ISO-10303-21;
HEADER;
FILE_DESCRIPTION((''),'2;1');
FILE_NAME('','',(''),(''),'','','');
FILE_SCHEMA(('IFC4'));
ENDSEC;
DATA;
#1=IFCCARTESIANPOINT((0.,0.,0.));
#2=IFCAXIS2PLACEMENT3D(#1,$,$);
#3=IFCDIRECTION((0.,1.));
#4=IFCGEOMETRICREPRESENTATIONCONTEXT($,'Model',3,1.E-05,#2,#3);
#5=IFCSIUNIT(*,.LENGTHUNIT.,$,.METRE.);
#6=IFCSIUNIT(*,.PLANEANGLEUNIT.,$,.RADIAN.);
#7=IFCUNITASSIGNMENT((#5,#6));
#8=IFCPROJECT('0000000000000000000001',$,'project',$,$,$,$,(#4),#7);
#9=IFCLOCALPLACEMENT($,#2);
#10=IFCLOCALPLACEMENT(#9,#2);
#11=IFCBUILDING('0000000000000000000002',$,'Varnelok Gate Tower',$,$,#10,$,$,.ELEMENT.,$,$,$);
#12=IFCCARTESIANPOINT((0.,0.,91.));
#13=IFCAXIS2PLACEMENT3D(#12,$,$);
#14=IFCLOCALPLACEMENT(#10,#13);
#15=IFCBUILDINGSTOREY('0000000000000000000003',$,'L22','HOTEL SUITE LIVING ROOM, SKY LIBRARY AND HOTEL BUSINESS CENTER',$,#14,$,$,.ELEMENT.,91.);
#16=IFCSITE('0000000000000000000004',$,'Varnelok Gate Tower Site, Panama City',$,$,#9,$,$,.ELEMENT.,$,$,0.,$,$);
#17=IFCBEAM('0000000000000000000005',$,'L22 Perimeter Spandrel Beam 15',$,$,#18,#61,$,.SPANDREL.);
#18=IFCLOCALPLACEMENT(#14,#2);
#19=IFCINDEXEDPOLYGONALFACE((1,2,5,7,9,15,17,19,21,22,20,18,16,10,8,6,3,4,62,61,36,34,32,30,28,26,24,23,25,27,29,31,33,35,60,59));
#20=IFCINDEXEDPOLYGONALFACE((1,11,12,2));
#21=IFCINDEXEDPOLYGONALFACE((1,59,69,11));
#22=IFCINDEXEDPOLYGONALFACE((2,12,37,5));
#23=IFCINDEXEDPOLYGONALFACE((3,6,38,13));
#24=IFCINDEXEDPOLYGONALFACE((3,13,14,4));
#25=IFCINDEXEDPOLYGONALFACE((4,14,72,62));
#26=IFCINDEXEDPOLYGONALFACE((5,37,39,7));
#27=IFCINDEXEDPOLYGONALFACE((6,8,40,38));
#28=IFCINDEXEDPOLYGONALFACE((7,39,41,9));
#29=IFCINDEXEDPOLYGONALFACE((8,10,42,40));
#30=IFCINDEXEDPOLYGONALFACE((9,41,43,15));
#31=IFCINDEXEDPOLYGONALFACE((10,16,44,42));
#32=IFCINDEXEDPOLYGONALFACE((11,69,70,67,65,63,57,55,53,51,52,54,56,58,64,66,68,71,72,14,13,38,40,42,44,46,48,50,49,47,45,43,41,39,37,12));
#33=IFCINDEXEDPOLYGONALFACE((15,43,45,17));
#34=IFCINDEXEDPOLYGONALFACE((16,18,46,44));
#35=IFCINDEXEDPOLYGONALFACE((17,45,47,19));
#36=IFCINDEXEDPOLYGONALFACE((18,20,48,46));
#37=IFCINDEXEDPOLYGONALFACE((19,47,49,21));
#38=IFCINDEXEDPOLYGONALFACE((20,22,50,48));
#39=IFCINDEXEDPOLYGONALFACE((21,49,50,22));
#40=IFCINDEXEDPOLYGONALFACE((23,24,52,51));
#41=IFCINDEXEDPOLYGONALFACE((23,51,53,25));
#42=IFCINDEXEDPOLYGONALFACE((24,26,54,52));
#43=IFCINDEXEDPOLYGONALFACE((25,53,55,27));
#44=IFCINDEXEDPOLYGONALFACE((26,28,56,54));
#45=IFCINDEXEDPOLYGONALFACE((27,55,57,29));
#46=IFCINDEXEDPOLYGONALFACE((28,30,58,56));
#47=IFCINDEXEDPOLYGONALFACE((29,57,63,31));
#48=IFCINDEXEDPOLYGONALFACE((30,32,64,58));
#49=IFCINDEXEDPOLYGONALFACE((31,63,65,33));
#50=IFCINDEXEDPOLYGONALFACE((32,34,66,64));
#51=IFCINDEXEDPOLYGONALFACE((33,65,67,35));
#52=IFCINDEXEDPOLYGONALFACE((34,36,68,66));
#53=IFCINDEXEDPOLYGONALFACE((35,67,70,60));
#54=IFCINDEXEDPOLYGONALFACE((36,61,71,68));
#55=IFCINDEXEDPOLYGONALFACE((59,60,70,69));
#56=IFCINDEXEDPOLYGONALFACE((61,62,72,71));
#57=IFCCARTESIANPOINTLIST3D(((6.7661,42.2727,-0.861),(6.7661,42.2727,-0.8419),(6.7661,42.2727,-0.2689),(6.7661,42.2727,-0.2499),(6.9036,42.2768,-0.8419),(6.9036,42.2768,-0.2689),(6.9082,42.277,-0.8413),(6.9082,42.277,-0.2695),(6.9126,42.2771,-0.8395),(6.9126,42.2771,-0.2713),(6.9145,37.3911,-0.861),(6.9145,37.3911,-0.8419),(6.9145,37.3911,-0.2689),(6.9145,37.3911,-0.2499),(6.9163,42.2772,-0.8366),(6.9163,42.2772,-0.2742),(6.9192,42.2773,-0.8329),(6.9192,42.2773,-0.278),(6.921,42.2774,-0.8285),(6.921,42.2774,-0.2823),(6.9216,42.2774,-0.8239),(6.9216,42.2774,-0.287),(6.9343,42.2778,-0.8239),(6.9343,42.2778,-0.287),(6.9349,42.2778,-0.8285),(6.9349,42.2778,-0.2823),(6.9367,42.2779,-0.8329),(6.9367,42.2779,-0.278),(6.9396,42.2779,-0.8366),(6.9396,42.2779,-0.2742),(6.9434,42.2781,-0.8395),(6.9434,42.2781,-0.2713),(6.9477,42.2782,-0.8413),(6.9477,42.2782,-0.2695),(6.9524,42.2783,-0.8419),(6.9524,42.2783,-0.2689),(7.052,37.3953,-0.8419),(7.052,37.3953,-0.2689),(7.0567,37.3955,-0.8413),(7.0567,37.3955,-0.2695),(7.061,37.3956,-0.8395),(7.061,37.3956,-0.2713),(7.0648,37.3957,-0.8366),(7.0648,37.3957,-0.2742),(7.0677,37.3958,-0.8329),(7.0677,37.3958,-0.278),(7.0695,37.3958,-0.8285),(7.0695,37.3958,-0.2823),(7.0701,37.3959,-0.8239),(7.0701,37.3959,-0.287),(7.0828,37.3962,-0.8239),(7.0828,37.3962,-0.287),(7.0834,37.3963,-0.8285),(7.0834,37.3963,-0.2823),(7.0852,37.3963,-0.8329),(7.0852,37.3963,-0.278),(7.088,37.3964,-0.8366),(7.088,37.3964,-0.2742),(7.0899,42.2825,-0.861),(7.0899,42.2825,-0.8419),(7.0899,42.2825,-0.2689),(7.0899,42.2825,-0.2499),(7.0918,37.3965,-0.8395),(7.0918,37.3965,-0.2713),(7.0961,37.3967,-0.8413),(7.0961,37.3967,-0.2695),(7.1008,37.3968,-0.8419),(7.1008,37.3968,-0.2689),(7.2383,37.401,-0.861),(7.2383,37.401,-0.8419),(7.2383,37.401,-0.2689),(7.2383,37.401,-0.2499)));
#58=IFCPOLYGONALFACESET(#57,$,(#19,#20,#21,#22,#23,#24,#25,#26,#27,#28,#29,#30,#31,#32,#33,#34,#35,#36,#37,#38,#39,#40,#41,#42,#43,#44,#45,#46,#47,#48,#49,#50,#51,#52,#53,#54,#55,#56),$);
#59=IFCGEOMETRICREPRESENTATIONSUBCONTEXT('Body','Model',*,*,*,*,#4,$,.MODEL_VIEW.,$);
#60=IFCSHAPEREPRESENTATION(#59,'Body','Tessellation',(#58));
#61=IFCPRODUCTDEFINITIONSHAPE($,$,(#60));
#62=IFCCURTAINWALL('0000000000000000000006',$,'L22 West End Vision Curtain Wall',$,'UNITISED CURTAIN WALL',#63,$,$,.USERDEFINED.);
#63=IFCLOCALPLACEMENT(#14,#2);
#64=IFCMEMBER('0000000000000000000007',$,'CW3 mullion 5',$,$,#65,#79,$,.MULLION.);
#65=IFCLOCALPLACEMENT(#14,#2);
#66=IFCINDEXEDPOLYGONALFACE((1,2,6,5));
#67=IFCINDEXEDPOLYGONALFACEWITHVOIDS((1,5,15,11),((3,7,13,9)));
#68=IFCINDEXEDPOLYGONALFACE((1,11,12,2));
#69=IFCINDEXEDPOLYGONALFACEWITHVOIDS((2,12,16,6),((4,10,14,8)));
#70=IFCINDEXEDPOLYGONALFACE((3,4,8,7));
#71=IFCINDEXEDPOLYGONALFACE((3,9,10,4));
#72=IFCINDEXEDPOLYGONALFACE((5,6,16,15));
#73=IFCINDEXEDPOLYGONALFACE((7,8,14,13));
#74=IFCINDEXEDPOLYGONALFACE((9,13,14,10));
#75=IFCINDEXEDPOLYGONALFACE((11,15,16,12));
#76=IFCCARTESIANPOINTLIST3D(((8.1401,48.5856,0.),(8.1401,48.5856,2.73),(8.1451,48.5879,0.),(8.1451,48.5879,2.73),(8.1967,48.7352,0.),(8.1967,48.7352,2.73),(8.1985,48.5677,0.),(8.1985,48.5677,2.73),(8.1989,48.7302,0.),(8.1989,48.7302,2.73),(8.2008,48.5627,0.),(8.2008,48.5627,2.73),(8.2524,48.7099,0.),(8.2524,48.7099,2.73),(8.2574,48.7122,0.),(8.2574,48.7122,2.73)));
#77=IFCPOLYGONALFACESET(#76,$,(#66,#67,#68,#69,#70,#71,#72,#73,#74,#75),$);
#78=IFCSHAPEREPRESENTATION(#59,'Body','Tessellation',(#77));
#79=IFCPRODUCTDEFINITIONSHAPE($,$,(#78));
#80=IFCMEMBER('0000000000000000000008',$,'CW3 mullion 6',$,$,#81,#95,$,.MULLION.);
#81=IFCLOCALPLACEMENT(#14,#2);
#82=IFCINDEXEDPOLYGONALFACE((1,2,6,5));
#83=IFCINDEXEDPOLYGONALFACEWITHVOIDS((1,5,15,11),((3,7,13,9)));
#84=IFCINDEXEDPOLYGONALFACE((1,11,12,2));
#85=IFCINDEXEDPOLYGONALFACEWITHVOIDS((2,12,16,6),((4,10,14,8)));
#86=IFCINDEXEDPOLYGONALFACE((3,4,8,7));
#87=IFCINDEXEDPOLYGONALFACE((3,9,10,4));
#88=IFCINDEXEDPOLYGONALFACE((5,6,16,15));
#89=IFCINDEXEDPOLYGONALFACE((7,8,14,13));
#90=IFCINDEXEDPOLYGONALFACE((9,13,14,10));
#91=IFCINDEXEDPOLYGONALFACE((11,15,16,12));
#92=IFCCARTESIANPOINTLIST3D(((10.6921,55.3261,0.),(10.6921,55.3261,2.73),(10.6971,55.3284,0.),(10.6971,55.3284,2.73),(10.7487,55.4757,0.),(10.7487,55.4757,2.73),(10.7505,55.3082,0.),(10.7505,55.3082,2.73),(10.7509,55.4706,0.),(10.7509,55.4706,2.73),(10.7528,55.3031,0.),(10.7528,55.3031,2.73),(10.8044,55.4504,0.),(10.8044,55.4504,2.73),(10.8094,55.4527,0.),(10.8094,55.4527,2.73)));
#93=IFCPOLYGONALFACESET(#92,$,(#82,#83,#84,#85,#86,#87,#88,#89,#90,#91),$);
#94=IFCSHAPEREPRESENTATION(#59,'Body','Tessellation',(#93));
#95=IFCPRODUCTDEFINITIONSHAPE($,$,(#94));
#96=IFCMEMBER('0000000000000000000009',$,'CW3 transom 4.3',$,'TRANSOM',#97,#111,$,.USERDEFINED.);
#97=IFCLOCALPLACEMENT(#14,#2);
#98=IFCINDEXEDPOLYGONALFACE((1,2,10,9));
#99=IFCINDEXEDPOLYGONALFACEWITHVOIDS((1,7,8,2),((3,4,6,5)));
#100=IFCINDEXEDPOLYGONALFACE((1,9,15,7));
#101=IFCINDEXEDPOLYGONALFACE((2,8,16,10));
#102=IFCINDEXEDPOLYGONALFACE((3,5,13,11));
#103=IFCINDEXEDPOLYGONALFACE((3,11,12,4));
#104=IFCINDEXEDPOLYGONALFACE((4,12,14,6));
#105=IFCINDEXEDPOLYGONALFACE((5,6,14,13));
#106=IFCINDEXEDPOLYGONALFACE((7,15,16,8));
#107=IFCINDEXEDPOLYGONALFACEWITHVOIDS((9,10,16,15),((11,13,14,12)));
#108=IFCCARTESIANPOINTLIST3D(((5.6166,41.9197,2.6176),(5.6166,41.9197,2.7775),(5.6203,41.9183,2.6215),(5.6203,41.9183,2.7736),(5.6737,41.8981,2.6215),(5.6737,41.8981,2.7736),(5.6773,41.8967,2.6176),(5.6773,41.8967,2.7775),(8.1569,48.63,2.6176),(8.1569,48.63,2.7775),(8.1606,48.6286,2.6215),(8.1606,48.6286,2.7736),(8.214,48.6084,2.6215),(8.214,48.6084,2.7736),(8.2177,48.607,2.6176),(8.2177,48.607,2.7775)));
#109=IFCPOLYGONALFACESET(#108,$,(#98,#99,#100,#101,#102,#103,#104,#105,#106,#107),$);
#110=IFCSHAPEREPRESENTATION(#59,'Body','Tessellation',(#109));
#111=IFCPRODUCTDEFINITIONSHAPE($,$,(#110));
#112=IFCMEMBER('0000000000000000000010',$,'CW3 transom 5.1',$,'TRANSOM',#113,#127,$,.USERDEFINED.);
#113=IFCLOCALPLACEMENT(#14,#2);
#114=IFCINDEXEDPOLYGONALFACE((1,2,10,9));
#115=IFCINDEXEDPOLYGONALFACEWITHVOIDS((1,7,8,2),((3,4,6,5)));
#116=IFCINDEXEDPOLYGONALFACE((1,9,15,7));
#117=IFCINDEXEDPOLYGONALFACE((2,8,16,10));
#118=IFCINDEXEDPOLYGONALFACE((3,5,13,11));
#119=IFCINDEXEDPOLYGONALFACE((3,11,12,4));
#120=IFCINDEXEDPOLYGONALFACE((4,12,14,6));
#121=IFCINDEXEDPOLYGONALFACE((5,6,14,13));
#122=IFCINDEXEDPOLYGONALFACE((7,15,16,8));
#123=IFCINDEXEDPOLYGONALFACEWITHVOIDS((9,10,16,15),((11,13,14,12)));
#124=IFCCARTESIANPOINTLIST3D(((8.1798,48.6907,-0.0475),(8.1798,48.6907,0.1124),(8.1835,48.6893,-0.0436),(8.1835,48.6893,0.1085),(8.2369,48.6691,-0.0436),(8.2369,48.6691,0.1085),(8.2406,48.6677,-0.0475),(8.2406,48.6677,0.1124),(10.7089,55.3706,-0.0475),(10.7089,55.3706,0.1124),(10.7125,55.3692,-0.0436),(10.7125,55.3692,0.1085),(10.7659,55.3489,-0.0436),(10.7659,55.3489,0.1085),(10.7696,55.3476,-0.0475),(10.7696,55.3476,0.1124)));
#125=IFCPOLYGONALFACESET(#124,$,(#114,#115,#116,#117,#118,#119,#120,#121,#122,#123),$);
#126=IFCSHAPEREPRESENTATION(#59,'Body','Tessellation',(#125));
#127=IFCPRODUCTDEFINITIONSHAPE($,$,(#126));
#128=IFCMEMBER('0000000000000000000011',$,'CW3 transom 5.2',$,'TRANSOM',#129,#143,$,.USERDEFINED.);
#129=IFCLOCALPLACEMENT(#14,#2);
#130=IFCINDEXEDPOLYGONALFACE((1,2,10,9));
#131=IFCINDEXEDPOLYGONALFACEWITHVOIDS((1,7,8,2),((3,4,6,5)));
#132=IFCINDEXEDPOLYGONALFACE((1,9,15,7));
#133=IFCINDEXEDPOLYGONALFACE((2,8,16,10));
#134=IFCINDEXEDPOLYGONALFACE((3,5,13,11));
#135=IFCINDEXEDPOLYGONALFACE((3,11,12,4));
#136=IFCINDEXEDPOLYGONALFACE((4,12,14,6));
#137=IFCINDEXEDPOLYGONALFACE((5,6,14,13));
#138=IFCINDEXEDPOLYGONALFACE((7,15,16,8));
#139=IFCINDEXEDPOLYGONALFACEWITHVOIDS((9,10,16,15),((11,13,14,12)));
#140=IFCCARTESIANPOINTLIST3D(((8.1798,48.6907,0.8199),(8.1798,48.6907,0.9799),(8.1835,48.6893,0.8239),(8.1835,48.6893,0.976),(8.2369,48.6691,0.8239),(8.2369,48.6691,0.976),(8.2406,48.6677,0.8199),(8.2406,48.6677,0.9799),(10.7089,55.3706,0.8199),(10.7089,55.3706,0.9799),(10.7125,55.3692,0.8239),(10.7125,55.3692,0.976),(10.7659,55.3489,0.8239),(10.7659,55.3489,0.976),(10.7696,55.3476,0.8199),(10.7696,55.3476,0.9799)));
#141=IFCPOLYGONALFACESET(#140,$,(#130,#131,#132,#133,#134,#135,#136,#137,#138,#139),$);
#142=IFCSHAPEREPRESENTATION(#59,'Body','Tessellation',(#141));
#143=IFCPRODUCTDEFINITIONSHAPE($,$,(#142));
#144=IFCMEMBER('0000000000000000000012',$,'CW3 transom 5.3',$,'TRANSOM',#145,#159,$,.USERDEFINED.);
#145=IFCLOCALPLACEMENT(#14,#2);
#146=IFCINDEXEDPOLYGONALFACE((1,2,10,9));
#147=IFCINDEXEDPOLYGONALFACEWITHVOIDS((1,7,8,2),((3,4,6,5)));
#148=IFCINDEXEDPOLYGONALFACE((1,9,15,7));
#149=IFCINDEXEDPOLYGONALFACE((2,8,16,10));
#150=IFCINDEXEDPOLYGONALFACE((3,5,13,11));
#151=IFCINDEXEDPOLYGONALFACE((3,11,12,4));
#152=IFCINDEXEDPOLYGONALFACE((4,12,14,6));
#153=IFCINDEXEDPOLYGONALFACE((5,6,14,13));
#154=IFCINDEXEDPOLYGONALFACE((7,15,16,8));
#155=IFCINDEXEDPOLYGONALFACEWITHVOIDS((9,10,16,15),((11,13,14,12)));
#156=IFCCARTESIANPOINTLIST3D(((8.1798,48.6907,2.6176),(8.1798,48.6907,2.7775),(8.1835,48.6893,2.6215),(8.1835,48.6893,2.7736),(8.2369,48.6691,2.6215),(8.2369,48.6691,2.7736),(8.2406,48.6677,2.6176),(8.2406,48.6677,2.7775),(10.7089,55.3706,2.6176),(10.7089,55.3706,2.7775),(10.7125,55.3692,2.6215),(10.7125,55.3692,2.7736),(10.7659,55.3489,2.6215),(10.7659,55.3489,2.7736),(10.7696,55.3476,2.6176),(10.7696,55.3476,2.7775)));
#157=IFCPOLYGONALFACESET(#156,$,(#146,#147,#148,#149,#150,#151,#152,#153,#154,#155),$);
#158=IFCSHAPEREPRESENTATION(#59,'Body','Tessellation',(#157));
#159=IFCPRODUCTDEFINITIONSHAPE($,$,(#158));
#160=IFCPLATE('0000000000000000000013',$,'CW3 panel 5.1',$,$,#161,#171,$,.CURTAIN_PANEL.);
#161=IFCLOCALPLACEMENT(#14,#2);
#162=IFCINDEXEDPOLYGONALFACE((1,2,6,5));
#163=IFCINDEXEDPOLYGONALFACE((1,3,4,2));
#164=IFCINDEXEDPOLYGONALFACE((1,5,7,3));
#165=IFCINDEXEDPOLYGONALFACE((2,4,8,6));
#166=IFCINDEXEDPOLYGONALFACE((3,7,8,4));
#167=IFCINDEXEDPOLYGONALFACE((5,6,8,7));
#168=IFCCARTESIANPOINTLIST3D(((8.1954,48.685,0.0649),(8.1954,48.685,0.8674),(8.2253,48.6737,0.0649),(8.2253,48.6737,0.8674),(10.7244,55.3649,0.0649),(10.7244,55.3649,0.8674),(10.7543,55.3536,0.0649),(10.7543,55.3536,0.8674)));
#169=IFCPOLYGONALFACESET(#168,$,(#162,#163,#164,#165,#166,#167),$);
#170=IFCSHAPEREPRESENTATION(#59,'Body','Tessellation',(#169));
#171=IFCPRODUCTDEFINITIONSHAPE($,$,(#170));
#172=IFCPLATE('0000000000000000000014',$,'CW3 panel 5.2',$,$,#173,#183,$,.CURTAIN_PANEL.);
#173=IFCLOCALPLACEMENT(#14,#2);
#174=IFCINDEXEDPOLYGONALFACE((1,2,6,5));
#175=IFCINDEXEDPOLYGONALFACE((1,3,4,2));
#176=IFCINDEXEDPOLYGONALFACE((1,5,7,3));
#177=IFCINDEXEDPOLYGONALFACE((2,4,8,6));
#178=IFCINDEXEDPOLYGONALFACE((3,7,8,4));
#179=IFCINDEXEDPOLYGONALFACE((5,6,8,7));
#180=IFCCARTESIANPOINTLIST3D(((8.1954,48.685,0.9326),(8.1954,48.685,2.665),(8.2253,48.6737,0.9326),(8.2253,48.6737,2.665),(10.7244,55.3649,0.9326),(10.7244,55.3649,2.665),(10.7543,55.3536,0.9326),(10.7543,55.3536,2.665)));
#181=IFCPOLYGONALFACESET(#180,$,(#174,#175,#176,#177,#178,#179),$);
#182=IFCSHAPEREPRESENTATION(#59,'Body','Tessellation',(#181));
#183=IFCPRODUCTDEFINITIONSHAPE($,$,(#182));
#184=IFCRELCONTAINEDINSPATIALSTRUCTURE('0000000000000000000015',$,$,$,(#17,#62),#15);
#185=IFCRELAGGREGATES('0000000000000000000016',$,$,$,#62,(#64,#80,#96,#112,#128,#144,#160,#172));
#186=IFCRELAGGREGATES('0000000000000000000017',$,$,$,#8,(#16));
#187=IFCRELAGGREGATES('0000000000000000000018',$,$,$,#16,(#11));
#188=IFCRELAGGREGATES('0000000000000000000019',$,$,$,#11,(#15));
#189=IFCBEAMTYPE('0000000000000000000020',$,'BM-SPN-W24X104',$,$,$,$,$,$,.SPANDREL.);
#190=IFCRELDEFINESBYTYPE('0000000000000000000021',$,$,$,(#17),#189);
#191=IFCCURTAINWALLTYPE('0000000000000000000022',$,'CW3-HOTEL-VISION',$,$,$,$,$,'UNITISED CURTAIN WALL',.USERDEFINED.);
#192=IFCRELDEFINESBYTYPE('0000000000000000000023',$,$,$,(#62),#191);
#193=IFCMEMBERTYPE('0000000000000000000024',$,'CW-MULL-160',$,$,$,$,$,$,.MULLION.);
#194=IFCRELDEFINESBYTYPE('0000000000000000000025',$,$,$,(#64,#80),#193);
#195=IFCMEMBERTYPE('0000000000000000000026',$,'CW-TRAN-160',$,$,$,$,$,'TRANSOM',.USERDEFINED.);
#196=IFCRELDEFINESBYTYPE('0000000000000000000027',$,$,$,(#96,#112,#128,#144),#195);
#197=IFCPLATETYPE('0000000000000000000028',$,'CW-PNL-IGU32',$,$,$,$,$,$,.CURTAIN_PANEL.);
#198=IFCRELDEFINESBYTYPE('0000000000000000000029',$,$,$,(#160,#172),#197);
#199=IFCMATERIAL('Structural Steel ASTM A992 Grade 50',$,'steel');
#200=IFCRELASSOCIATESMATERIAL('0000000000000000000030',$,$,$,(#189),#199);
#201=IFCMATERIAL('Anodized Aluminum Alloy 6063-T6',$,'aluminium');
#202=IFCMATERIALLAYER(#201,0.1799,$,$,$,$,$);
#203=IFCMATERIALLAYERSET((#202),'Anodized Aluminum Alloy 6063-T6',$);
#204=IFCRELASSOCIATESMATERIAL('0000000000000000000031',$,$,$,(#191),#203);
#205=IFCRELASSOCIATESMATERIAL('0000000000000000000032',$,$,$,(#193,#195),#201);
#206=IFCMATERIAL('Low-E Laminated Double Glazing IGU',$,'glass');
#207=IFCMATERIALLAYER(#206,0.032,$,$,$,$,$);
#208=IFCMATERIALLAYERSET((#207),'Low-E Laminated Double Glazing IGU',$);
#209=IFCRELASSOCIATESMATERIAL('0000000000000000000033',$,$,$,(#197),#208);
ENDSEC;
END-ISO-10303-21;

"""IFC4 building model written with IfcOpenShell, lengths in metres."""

from ifc_helpers import new_model, si_unit, direction, frame, origin, origin_2d, place, context, subcontext, project, spatial, rectangle, hollow_rectangle, i_section, extrude, source, transform, mapped, material, layer, layer_set, material_profile, profile_set, type_object, element, aggregate, save


model = new_model("IFC4")

# Units and contexts
model_context = context("Model", 3, precision=1e-05, world=origin(), true_north=direction((0.0, 1.0)))
body_context = subcontext(model_context, "Body", "Model", "MODEL_VIEW")
ifc_project = project(units=[si_unit("LENGTHUNIT", "METRE"), si_unit("PLANEANGLEUNIT", "RADIAN")], contexts=[model_context])

# Site, building, storey
site_placement = place(None, origin())
site = spatial("IfcSite", under=ifc_project, at=site_placement, Name="Varnelok Gate Tower Site, Panama City", CompositionType="ELEMENT", RefElevation=0.0)
building_placement = place(site_placement, origin())
building = spatial("IfcBuilding", under=site, at=building_placement, Name="Varnelok Gate Tower", CompositionType="ELEMENT")
storey_placement = place(building_placement, frame((0.0, 0.0, 91.0)))
storey = spatial("IfcBuildingStorey", under=building, at=storey_placement, Name="L22", Description="HOTEL SUITE LIVING ROOM, SKY LIBRARY AND HOTEL BUSINESS CENTER", CompositionType="ELEMENT", Elevation=91.0)

# Shared definitions
ifc_material_1 = material(Name="Structural Steel ASTM A992 Grade 50", Category="steel")

# Beam
ifc_material_profile_1 = material_profile(ifc_material_1, i_section(OverallWidth=0.324, OverallDepth=0.6111, WebThickness=0.0127, FlangeThickness=0.019, FilletRadius=0.0181, at=origin_2d()), Name="W24X104")
ifc_profile_set_1 = profile_set([ifc_material_profile_1], Name="Structural Steel ASTM A992 Grade 50")
beam_type_1 = type_object("IfcBeamType", Name="BM-SPN-W24X104", PredefinedType="SPANDREL", material=ifc_profile_set_1)
beam_1_placement = place(storey_placement, frame((6.928, 42.2776, -0.5554), z_axis=(0.030394, -0.999538, 0.0), x_axis=(0.999538, 0.030394, 0.0)))
element("IfcBeam", 1, at=beam_1_placement, inside=storey, type_object=beam_type_1, Name="L22 Perimeter Spandrel Beam 15", PredefinedType="SPANDREL", context=body_context, shape_type="SweptSolid", body=[
    extrude(i_section(OverallWidth=0.324, OverallDepth=0.6111, WebThickness=0.0127, FlangeThickness=0.019, FilletRadius=0.0181, at=origin_2d()), origin(), (0.0, 0.0, 1.0), 4.8838),
])

# Curtain wall, members, plates
ifc_material_2 = material(Name="Anodized Aluminum Alloy 6063-T6", Category="aluminium")
ifc_layer_1 = layer(ifc_material_2, 0.1799)
ifc_layer_set_1 = layer_set([ifc_layer_1], Name="Anodized Aluminum Alloy 6063-T6")
curtain_wall_type = type_object("IfcCurtainWallType", Name="CW3-HOTEL-VISION", ElementType="UNITISED CURTAIN WALL", PredefinedType="USERDEFINED", material=ifc_layer_set_1)
curtain_wall_placement = place(storey_placement, origin())
curtain_wall = element("IfcCurtainWall", 2, at=curtain_wall_placement, inside=storey, type_object=curtain_wall_type, Name="L22 West End Vision Curtain Wall", ObjectType="UNITISED CURTAIN WALL", PredefinedType="USERDEFINED")
ifc_material_profile_2 = material_profile(ifc_material_2, hollow_rectangle(XDim=0.0649, YDim=0.1599, WallThickness=0.0039, at=origin_2d()), Name="ALU160X65X4")
ifc_profile_set_2 = profile_set([ifc_material_profile_2], Name="Anodized Aluminum Alloy 6063-T6")
member_type_1 = type_object("IfcMemberType", Name="CW-MULL-160", PredefinedType="MULLION", material=ifc_profile_set_2)
member_1_placement = place(storey_placement, frame((8.1987, 48.6489, 0.0), z_axis=(0.0, 0.0, 1.0), x_axis=(-0.935221, 0.354064, 0.0)))
member_1 = element("IfcMember", 3, at=member_1_placement, type_object=member_type_1, Name="CW3 mullion 5", PredefinedType="MULLION", context=body_context, shape_type="SweptSolid", body=[
    extrude(hollow_rectangle(XDim=0.0649, YDim=0.1599, WallThickness=0.0039, at=origin_2d()), origin(), (0.0, 0.0, 1.0), 2.73),
])
member_2_placement = place(storey_placement, frame((10.7507, 55.3894, 0.0), z_axis=(0.0, 0.0, 1.0), x_axis=(-0.935221, 0.354064, 0.0)))
member_2 = element("IfcMember", 4, at=member_2_placement, type_object=member_type_1, Name="CW3 mullion 6", PredefinedType="MULLION", context=body_context, shape_type="SweptSolid", body=[
    extrude(hollow_rectangle(XDim=0.0649, YDim=0.1599, WallThickness=0.0039, at=origin_2d()), origin(), (0.0, 0.0, 1.0), 2.73),
])
ifc_material_profile_3 = material_profile(ifc_material_2, hollow_rectangle(XDim=0.0649, YDim=0.1599, WallThickness=0.0039, at=origin_2d()), Name="ALU160X65X4")
ifc_profile_set_3 = profile_set([ifc_material_profile_3], Name="Anodized Aluminum Alloy 6063-T6")
member_type_2 = type_object("IfcMemberType", Name="CW-TRAN-160", ElementType="TRANSOM", PredefinedType="USERDEFINED", material=ifc_profile_set_3)
member_3_placement = place(storey_placement, frame((5.647, 41.9082, 2.6975), z_axis=(0.354049, 0.935227, 0.0), x_axis=(-0.935227, 0.354049, 0.0)))
member_3 = element("IfcMember", 5, at=member_3_placement, type_object=member_type_2, Name="CW3 transom 4.3", ObjectType="TRANSOM", PredefinedType="USERDEFINED", context=body_context, shape_type="SweptSolid", body=[
    extrude(hollow_rectangle(XDim=0.0649, YDim=0.1599, WallThickness=0.0039, at=origin_2d()), origin(), (0.0, 0.0, 1.0), 7.175),
])
member_4_placement = place(storey_placement, frame((8.2102, 48.6792, 0.0325), z_axis=(0.354077, 0.935216, 0.0), x_axis=(-0.935216, 0.354077, 0.0)))
member_4 = element("IfcMember", 6, at=member_4_placement, type_object=member_type_2, Name="CW3 transom 5.1", ObjectType="TRANSOM", PredefinedType="USERDEFINED", context=body_context, shape_type="SweptSolid", body=[
    extrude(hollow_rectangle(XDim=0.0649, YDim=0.1599, WallThickness=0.0039, at=origin_2d()), origin(), (0.0, 0.0, 1.0), 7.1426),
])
member_5_placement = place(storey_placement, frame((8.2102, 48.6792, 0.8999), z_axis=(0.354077, 0.935216, 0.0), x_axis=(-0.935216, 0.354077, 0.0)))
member_5 = element("IfcMember", 7, at=member_5_placement, type_object=member_type_2, Name="CW3 transom 5.2", ObjectType="TRANSOM", PredefinedType="USERDEFINED", context=body_context, shape_type="SweptSolid", body=[
    extrude(hollow_rectangle(XDim=0.0649, YDim=0.1599, WallThickness=0.0039, at=origin_2d()), origin(), (0.0, 0.0, 1.0), 7.1426),
])
member_6_placement = place(storey_placement, frame((8.2102, 48.6792, 2.6975), z_axis=(0.354077, 0.935216, 0.0), x_axis=(-0.935216, 0.354077, 0.0)))
member_6 = element("IfcMember", 8, at=member_6_placement, type_object=member_type_2, Name="CW3 transom 5.3", ObjectType="TRANSOM", PredefinedType="USERDEFINED", context=body_context, shape_type="SweptSolid", body=[
    extrude(hollow_rectangle(XDim=0.0649, YDim=0.1599, WallThickness=0.0039, at=origin_2d()), origin(), (0.0, 0.0, 1.0), 7.1426),
])
ifc_material_3 = material(Name="Low-E Laminated Double Glazing IGU", Category="glass")
ifc_layer_2 = layer(ifc_material_3, 0.032)
ifc_layer_set_2 = layer_set([ifc_layer_2], Name="Low-E Laminated Double Glazing IGU")
plate_type = type_object("IfcPlateType", Name="CW-PNL-IGU32", PredefinedType="CURTAIN_PANEL", material=ifc_layer_set_2)
shared_shape_1 = source(origin(), body_context, "Body", "SweptSolid", [
    extrude(rectangle(XDim=7.1426, YDim=0.032, at=origin_2d()), origin(), (0.0, 0.0, 1.0), 0.8025),
])
plate_1_placement = place(storey_placement, frame((9.4749, 52.0193, 0.0649), z_axis=(0.0, 0.0, 1.0), x_axis=(0.354064, 0.935221, 0.0)))
plate_1 = element("IfcPlate", 9, at=plate_1_placement, type_object=plate_type, Name="CW3 panel 5.1", PredefinedType="CURTAIN_PANEL", context=body_context, shape_type="MappedRepresentation", body=[
    mapped(shared_shape_1, transform((0.0, 0.0, 0.0), scale=1.0)),
])
shared_shape_2 = source(origin(), body_context, "Body", "SweptSolid", [
    extrude(rectangle(XDim=7.1426, YDim=0.032, at=origin_2d()), origin(), (0.0, 0.0, 1.0), 1.7324),
])
plate_2_placement = place(storey_placement, frame((9.4749, 52.0193, 0.9326), z_axis=(0.0, 0.0, 1.0), x_axis=(0.354064, 0.935221, 0.0)))
plate_2 = element("IfcPlate", 10, at=plate_2_placement, type_object=plate_type, Name="CW3 panel 5.2", PredefinedType="CURTAIN_PANEL", context=body_context, shape_type="MappedRepresentation", body=[
    mapped(shared_shape_2, transform((0.0, 0.0, 0.0), scale=1.0)),
])
aggregate(curtain_wall, [member_1, member_2, member_3, member_4, member_5, member_6, plate_1, plate_2])

save(model, "model.ifc")
